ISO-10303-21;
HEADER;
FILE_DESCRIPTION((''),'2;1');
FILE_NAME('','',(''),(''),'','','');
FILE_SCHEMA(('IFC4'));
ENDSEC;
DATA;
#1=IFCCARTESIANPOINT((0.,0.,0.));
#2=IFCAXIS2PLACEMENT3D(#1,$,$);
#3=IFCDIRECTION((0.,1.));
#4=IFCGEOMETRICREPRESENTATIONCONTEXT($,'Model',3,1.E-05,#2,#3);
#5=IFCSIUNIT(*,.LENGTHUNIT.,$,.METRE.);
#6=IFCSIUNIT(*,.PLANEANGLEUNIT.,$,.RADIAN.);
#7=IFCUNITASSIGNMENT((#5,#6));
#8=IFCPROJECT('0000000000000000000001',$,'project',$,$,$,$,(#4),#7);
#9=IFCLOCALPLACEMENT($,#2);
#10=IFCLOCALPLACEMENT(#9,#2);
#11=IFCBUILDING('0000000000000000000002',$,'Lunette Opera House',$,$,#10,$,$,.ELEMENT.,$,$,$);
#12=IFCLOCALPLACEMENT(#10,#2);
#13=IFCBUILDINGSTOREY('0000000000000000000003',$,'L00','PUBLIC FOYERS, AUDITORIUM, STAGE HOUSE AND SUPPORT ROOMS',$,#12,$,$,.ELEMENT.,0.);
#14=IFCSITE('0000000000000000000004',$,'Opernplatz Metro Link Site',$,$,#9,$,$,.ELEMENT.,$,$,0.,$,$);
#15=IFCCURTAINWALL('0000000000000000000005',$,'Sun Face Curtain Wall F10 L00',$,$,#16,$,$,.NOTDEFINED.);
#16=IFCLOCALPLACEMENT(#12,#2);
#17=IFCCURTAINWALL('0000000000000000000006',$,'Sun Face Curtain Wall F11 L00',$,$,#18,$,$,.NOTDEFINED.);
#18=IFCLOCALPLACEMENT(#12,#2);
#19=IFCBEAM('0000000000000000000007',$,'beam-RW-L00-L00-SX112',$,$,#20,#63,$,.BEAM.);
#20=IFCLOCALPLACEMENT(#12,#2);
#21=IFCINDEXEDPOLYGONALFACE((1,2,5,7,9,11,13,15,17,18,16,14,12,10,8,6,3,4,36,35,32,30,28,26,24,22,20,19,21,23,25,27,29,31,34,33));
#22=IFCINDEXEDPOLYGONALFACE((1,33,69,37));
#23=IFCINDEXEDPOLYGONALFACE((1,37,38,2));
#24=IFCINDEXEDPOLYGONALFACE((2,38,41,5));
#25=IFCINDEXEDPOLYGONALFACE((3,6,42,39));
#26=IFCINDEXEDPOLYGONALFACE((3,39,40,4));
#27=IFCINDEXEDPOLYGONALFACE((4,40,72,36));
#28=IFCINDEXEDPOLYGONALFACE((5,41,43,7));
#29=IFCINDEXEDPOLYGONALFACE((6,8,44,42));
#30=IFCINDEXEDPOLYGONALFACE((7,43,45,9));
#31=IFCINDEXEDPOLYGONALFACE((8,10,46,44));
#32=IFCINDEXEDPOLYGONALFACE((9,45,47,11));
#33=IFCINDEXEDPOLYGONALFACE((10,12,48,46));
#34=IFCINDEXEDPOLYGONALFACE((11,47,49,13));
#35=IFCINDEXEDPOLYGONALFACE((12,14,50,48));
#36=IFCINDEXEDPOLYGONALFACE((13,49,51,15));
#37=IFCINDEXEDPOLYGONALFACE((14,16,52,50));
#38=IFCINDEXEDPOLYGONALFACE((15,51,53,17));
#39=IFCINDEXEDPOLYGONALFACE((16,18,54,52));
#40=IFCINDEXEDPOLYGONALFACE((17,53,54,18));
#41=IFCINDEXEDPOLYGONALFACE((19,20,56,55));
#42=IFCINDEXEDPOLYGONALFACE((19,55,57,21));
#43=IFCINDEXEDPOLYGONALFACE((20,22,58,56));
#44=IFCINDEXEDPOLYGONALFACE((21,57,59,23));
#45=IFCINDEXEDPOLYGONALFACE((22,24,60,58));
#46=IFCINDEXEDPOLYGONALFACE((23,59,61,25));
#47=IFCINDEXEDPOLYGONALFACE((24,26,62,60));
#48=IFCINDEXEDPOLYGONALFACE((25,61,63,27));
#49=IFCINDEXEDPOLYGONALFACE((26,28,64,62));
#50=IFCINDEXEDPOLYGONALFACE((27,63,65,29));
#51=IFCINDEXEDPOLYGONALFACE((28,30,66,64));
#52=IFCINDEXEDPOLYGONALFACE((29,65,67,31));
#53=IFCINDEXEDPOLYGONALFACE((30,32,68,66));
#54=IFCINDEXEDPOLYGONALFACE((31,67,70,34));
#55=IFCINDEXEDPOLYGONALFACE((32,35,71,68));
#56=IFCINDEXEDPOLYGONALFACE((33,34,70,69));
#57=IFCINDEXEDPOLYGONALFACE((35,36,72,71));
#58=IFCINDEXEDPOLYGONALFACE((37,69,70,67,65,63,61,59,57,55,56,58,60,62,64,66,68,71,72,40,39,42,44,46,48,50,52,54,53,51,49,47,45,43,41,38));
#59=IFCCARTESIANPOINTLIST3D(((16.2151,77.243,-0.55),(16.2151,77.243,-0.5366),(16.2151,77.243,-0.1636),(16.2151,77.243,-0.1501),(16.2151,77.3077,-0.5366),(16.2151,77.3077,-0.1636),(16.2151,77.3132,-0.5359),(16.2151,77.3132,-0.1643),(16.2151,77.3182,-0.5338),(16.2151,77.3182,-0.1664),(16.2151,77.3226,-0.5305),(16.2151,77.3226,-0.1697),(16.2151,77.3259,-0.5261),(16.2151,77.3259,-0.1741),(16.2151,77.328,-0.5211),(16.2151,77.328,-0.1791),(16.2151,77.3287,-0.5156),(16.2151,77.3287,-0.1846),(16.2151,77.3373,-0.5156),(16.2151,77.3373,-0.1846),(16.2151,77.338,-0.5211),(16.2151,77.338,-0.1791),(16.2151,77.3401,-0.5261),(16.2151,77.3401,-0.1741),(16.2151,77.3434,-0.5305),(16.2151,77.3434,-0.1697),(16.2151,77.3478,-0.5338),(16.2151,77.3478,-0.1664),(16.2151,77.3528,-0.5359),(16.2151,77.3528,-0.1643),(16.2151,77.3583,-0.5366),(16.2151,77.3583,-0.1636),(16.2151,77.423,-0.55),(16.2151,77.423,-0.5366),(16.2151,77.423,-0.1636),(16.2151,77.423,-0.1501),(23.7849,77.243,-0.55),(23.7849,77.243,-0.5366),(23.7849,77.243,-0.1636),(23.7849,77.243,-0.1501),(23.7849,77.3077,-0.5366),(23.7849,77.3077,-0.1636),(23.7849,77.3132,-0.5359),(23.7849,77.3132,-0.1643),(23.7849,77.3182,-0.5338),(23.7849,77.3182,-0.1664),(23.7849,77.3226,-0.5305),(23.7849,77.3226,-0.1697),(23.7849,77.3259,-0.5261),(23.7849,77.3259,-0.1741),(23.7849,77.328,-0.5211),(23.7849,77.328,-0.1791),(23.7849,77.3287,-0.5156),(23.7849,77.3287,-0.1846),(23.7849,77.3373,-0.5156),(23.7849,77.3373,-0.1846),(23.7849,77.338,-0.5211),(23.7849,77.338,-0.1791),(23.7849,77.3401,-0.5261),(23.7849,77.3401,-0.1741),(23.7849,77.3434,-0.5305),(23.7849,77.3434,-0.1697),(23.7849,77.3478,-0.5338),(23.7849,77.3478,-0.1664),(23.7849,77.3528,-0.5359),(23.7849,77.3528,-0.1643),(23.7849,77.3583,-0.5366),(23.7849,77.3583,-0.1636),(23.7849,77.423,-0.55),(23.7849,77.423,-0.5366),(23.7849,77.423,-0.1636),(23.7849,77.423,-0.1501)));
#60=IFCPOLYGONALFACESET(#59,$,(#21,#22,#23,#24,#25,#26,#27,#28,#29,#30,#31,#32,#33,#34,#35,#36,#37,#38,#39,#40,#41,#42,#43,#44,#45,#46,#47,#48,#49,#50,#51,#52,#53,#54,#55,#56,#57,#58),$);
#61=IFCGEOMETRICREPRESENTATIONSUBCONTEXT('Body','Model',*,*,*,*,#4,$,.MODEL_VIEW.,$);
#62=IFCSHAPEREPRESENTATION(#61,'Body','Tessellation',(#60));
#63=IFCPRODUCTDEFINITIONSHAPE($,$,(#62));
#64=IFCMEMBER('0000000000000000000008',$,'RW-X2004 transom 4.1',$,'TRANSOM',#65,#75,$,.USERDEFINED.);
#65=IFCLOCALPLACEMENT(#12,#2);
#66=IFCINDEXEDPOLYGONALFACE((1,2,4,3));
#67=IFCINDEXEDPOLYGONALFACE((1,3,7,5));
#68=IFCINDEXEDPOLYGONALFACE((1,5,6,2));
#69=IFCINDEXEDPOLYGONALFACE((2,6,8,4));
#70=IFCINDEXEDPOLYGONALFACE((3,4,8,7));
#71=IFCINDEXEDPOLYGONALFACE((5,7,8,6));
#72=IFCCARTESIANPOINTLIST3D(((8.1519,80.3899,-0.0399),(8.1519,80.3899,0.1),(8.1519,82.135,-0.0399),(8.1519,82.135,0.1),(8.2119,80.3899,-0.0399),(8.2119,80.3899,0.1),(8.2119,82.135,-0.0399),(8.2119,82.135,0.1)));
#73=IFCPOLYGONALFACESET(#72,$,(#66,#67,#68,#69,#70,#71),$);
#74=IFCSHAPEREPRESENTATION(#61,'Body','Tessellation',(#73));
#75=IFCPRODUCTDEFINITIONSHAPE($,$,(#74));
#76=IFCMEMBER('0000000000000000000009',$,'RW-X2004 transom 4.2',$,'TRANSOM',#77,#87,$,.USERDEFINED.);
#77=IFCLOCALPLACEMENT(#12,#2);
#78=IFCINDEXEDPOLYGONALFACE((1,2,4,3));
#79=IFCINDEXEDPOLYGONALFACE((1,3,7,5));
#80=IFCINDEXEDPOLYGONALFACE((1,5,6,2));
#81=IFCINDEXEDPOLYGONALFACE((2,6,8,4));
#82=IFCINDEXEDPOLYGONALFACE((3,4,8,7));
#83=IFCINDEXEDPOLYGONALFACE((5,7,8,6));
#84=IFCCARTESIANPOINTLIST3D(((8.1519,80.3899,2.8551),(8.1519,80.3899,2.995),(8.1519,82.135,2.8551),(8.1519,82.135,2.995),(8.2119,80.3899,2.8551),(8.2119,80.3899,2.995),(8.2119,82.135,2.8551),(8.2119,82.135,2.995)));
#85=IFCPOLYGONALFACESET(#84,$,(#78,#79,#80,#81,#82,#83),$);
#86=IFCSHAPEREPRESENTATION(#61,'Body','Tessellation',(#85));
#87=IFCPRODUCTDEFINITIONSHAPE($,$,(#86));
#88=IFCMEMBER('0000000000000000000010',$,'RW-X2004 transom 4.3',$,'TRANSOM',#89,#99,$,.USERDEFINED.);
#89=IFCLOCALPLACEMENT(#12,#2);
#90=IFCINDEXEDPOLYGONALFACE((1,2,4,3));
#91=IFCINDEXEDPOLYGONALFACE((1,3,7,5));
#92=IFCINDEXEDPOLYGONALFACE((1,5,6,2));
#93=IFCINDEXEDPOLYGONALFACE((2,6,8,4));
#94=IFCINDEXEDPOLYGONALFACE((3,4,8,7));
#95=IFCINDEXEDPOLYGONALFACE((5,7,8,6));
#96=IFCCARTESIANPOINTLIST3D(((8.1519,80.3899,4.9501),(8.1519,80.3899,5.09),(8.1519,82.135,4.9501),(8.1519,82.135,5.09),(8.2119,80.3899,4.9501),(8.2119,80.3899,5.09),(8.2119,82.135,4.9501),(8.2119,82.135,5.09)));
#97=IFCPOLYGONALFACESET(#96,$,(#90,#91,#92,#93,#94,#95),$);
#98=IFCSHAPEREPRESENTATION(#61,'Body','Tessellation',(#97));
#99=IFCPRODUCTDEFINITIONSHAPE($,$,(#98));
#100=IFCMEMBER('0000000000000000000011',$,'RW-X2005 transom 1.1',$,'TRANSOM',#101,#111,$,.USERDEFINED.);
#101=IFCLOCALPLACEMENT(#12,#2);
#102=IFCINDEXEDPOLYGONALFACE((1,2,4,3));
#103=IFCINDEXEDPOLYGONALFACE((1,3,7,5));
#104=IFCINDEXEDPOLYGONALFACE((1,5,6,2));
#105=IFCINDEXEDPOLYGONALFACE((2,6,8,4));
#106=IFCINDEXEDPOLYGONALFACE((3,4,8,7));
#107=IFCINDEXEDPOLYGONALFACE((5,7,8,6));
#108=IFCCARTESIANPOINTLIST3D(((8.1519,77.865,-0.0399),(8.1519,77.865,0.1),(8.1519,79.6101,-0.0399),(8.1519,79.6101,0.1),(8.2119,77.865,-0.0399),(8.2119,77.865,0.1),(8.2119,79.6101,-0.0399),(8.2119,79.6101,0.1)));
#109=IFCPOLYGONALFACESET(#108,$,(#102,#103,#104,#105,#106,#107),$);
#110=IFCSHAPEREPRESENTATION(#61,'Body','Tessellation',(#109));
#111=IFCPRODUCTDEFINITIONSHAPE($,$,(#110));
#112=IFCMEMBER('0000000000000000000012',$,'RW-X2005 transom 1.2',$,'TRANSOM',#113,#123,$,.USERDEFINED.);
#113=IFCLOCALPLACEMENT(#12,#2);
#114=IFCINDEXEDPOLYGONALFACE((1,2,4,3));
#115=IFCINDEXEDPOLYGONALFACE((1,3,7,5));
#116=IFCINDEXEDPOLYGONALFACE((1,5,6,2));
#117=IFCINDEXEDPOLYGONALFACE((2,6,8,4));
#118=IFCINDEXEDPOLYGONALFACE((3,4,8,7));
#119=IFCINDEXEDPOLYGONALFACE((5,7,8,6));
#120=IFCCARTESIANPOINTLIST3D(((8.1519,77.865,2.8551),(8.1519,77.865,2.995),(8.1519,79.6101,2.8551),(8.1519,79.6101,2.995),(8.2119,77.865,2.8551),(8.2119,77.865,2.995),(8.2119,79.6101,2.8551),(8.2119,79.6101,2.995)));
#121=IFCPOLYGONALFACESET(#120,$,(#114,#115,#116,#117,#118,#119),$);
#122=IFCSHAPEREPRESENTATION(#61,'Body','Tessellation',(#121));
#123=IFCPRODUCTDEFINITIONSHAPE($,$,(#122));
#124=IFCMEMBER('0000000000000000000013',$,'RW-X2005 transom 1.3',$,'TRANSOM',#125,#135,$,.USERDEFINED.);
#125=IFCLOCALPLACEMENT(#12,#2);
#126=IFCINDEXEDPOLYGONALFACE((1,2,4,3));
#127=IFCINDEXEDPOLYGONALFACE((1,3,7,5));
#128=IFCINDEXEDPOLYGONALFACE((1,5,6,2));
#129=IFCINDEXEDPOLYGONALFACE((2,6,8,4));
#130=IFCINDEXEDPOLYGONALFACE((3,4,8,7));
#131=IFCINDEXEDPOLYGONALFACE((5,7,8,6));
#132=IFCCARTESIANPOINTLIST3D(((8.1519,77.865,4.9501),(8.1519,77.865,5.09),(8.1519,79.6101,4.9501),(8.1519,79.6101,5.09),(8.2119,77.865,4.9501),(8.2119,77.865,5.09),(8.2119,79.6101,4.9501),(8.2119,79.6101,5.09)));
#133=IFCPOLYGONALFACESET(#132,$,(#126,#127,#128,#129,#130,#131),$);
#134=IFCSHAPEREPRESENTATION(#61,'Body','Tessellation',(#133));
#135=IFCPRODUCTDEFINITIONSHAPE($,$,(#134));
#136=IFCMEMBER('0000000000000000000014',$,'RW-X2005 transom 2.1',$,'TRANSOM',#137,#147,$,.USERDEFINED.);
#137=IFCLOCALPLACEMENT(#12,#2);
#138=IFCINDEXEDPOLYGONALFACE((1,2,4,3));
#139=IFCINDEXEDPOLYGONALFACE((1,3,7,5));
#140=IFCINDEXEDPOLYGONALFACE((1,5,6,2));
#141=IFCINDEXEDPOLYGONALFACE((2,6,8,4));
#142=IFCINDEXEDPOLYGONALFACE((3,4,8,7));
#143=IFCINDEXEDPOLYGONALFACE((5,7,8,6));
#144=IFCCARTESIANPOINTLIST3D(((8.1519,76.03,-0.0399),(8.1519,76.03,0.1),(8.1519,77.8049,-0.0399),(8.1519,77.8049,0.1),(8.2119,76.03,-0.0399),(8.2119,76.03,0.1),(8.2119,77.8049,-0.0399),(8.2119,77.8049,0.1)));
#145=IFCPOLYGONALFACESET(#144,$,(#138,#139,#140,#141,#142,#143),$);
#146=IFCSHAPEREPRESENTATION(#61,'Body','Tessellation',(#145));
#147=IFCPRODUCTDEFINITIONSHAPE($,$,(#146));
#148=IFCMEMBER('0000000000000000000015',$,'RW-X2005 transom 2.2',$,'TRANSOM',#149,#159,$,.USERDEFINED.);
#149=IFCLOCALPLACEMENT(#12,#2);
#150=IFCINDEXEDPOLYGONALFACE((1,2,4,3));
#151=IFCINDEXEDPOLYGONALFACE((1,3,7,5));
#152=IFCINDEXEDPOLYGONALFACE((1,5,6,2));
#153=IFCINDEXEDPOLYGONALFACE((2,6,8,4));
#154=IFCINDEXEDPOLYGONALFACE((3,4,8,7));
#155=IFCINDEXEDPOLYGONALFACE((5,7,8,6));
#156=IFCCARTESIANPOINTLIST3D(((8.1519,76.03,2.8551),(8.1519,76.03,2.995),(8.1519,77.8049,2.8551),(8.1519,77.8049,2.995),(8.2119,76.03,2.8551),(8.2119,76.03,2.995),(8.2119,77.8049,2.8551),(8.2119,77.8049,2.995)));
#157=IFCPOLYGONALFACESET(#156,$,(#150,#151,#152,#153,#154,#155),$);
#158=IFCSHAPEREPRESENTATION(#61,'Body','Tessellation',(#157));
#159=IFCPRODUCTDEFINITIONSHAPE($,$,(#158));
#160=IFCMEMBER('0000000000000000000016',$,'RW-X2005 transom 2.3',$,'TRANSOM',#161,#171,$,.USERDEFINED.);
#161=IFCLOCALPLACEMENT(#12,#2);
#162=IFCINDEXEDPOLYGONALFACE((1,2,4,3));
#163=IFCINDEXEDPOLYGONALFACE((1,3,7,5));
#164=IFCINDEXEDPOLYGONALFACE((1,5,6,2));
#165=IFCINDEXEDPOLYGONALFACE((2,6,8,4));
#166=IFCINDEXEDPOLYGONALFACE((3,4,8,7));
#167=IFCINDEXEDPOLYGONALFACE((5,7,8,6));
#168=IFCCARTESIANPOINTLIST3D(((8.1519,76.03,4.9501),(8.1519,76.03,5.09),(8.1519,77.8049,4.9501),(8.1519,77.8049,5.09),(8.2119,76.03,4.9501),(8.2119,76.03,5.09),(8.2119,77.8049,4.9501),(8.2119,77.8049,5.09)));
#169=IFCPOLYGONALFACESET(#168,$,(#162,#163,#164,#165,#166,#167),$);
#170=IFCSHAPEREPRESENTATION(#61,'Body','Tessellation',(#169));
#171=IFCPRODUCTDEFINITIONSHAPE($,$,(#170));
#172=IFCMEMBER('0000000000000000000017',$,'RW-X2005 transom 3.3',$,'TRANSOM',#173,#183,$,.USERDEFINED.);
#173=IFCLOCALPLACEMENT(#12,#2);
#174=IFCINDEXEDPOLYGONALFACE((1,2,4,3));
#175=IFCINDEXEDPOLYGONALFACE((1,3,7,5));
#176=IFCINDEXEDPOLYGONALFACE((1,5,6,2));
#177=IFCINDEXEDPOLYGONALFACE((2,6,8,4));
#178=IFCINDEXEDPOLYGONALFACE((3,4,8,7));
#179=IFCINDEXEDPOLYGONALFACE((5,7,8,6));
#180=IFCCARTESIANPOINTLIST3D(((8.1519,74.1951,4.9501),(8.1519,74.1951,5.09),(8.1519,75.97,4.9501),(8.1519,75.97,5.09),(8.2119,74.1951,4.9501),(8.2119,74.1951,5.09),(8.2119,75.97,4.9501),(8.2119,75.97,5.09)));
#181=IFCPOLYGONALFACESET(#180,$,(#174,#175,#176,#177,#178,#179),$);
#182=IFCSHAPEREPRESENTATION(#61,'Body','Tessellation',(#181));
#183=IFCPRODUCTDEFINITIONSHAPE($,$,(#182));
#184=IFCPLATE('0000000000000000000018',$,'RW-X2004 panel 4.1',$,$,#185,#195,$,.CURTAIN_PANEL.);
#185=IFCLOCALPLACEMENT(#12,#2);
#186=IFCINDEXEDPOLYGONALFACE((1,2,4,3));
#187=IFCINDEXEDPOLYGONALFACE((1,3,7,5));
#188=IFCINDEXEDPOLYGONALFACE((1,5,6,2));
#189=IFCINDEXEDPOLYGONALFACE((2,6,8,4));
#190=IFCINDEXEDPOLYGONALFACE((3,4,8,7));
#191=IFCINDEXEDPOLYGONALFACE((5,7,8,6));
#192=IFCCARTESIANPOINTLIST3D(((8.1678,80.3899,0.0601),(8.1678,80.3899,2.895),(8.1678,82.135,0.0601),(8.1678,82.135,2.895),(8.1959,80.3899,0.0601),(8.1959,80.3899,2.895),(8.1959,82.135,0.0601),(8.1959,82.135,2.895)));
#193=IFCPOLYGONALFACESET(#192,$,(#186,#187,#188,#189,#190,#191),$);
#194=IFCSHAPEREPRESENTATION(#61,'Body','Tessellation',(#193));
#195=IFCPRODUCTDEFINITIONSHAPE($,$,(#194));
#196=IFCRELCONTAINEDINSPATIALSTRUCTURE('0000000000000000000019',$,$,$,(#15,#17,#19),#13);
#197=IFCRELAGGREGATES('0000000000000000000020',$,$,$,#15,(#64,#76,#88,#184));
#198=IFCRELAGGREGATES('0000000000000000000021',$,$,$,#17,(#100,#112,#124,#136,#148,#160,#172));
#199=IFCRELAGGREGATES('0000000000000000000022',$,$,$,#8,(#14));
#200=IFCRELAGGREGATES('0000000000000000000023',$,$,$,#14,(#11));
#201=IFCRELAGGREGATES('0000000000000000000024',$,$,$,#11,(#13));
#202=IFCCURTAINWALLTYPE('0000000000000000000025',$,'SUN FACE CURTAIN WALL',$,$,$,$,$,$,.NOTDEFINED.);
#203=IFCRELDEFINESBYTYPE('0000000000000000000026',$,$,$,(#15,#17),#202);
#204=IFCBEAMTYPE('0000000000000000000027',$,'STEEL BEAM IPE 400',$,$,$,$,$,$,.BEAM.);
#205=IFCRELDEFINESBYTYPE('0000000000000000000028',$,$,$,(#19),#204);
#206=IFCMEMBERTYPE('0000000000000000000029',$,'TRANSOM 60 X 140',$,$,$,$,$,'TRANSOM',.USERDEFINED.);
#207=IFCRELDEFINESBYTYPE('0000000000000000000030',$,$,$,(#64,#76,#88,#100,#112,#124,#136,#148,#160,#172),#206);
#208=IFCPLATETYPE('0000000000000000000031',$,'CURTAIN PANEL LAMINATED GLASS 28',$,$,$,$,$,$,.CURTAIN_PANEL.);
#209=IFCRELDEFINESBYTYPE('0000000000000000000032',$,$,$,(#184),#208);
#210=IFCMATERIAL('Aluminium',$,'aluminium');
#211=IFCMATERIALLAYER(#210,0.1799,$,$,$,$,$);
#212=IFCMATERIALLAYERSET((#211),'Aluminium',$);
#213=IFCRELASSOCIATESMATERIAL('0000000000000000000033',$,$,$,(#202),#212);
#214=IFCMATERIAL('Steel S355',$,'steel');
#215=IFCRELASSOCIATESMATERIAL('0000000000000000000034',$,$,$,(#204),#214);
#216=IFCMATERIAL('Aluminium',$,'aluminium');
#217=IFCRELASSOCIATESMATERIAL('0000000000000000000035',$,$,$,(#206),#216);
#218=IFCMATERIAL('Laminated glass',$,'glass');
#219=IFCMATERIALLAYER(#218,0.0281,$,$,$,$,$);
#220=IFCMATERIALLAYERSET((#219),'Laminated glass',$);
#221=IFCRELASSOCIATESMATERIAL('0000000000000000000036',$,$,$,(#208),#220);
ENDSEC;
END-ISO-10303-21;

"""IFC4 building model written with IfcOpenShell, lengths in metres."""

from ifc_helpers import new_model, si_unit, direction, frame, origin, origin_2d, place, context, subcontext, project, spatial, rectangle, i_section, extrude, material, layer, layer_set, material_profile, profile_set, type_object, element, aggregate, save


model = new_model("IFC4")

# Units and contexts
model_context = context("Model", 3, precision=1e-05, world=origin(), true_north=direction((0.0, 1.0)))
body_context = subcontext(model_context, "Body", "Model", "MODEL_VIEW")
ifc_project = project(units=[si_unit("LENGTHUNIT", "METRE"), si_unit("PLANEANGLEUNIT", "RADIAN")], contexts=[model_context])

# Site, building, storey
site_placement = place(None, origin())
site = spatial("IfcSite", under=ifc_project, at=site_placement, Name="Opernplatz Metro Link Site", CompositionType="ELEMENT", RefElevation=0.0)
building_placement = place(site_placement, origin())
building = spatial("IfcBuilding", under=site, at=building_placement, Name="Lunette Opera House", CompositionType="ELEMENT")
storey_placement = place(building_placement, origin())
storey = spatial("IfcBuildingStorey", under=building, at=storey_placement, Name="L00", Description="PUBLIC FOYERS, AUDITORIUM, STAGE HOUSE AND SUPPORT ROOMS", CompositionType="ELEMENT", Elevation=0.0)

# Curtain wall
ifc_material_1 = material(Name="Aluminium", Category="aluminium")
ifc_layer_1 = layer(ifc_material_1, 0.1799)
ifc_layer_set_1 = layer_set([ifc_layer_1], Name="Aluminium")
curtain_wall_type = type_object("IfcCurtainWallType", Name="SUN FACE CURTAIN WALL", PredefinedType="NOTDEFINED", material=ifc_layer_set_1)
curtain_wall_1_placement = place(storey_placement, origin())
curtain_wall_1 = element("IfcCurtainWall", 1, at=curtain_wall_1_placement, inside=storey, type_object=curtain_wall_type, Name="Sun Face Curtain Wall F10 L00", PredefinedType="NOTDEFINED")

# Curtain wall
curtain_wall_2_placement = place(storey_placement, origin())
curtain_wall_2 = element("IfcCurtainWall", 2, at=curtain_wall_2_placement, inside=storey, type_object=curtain_wall_type, Name="Sun Face Curtain Wall F11 L00", PredefinedType="NOTDEFINED")

# Beam
ifc_material_2 = material(Name="Steel S355", Category="steel")
ifc_material_profile_1 = material_profile(ifc_material_2, i_section(OverallWidth=0.1799, OverallDepth=0.3999, WebThickness=0.0085, FlangeThickness=0.0134, FilletRadius=0.021, at=origin_2d()), Name="IPE 400")
ifc_profile_set_1 = profile_set([ifc_material_profile_1], Name="Steel S355")
beam_type_1 = type_object("IfcBeamType", Name="STEEL BEAM IPE 400", PredefinedType="BEAM", material=ifc_profile_set_1)
beam_1_placement = place(storey_placement, frame((16.2151, 77.333, -0.3501), z_axis=(1.0, 0.0, 0.0), x_axis=(0.0, 1.0, 0.0)))
element("IfcBeam", 3, at=beam_1_placement, inside=storey, type_object=beam_type_1, Name="beam-RW-L00-L00-SX112", PredefinedType="BEAM", context=body_context, shape_type="SweptSolid", body=[
    extrude(i_section(OverallWidth=0.1799, OverallDepth=0.3999, WebThickness=0.0085, FlangeThickness=0.0134, FilletRadius=0.021, at=origin_2d()), origin(), (0.0, 0.0, 1.0), 7.5698),
])

# Members
ifc_material_3 = material(Name="Aluminium", Category="aluminium")
ifc_material_profile_2 = material_profile(ifc_material_3, rectangle(XDim=0.0601, YDim=0.1399, at=origin_2d()), Name="TRANSOM 60 X 140")
ifc_profile_set_2 = profile_set([ifc_material_profile_2], Name="Aluminium")
member_type_1 = type_object("IfcMemberType", Name="TRANSOM 60 X 140", ElementType="TRANSOM", PredefinedType="USERDEFINED", material=ifc_profile_set_2)
member_1_placement = place(storey_placement, frame((8.1819, 82.135, 0.03), z_axis=(0.0, -1.0, 0.0), x_axis=(1.0, 0.0, 0.0)))
member_1 = element("IfcMember", 4, at=member_1_placement, type_object=member_type_1, Name="RW-X2004 transom 4.1", ObjectType="TRANSOM", PredefinedType="USERDEFINED", context=body_context, shape_type="SweptSolid", body=[
    extrude(rectangle(XDim=0.0601, YDim=0.1399, at=origin_2d()), origin(), (0.0, 0.0, 1.0), 1.7451),
])
member_2_placement = place(storey_placement, frame((8.1819, 82.135, 2.925), z_axis=(0.0, -1.0, 0.0), x_axis=(1.0, 0.0, 0.0)))
member_2 = element("IfcMember", 5, at=member_2_placement, type_object=member_type_1, Name="RW-X2004 transom 4.2", ObjectType="TRANSOM", PredefinedType="USERDEFINED", context=body_context, shape_type="SweptSolid", body=[
    extrude(rectangle(XDim=0.0601, YDim=0.1399, at=origin_2d()), origin(), (0.0, 0.0, 1.0), 1.7451),
])
member_3_placement = place(storey_placement, frame((8.1819, 82.135, 5.02), z_axis=(0.0, -1.0, 0.0), x_axis=(1.0, 0.0, 0.0)))
member_3 = element("IfcMember", 6, at=member_3_placement, type_object=member_type_1, Name="RW-X2004 transom 4.3", ObjectType="TRANSOM", PredefinedType="USERDEFINED", context=body_context, shape_type="SweptSolid", body=[
    extrude(rectangle(XDim=0.0601, YDim=0.1399, at=origin_2d()), origin(), (0.0, 0.0, 1.0), 1.7451),
])
member_4_placement = place(storey_placement, frame((8.1819, 79.6101, 0.03), z_axis=(0.0, -1.0, 0.0), x_axis=(1.0, 0.0, 0.0)))
member_4 = element("IfcMember", 7, at=member_4_placement, type_object=member_type_1, Name="RW-X2005 transom 1.1", ObjectType="TRANSOM", PredefinedType="USERDEFINED", context=body_context, shape_type="SweptSolid", body=[
    extrude(rectangle(XDim=0.0601, YDim=0.1399, at=origin_2d()), origin(), (0.0, 0.0, 1.0), 1.7451),
])
member_5_placement = place(storey_placement, frame((8.1819, 79.6101, 2.925), z_axis=(0.0, -1.0, 0.0), x_axis=(1.0, 0.0, 0.0)))
member_5 = element("IfcMember", 8, at=member_5_placement, type_object=member_type_1, Name="RW-X2005 transom 1.2", ObjectType="TRANSOM", PredefinedType="USERDEFINED", context=body_context, shape_type="SweptSolid", body=[
    extrude(rectangle(XDim=0.0601, YDim=0.1399, at=origin_2d()), origin(), (0.0, 0.0, 1.0), 1.7451),
])
member_6_placement = place(storey_placement, frame((8.1819, 79.6101, 5.02), z_axis=(0.0, -1.0, 0.0), x_axis=(1.0, 0.0, 0.0)))
member_6 = element("IfcMember", 9, at=member_6_placement, type_object=member_type_1, Name="RW-X2005 transom 1.3", ObjectType="TRANSOM", PredefinedType="USERDEFINED", context=body_context, shape_type="SweptSolid", body=[
    extrude(rectangle(XDim=0.0601, YDim=0.1399, at=origin_2d()), origin(), (0.0, 0.0, 1.0), 1.7451),
])
member_7_placement = place(storey_placement, frame((8.1819, 77.8049, 0.03), z_axis=(0.0, -1.0, 0.0), x_axis=(1.0, 0.0, 0.0)))
member_7 = element("IfcMember", 10, at=member_7_placement, type_object=member_type_1, Name="RW-X2005 transom 2.1", ObjectType="TRANSOM", PredefinedType="USERDEFINED", context=body_context, shape_type="SweptSolid", body=[
    extrude(rectangle(XDim=0.0601, YDim=0.1399, at=origin_2d()), origin(), (0.0, 0.0, 1.0), 1.7749),
])
member_8_placement = place(storey_placement, frame((8.1819, 77.8049, 2.925), z_axis=(0.0, -1.0, 0.0), x_axis=(1.0, 0.0, 0.0)))
member_8 = element("IfcMember", 11, at=member_8_placement, type_object=member_type_1, Name="RW-X2005 transom 2.2", ObjectType="TRANSOM", PredefinedType="USERDEFINED", context=body_context, shape_type="SweptSolid", body=[
    extrude(rectangle(XDim=0.0601, YDim=0.1399, at=origin_2d()), origin(), (0.0, 0.0, 1.0), 1.7749),
])
member_9_placement = place(storey_placement, frame((8.1819, 77.8049, 5.02), z_axis=(0.0, -1.0, 0.0), x_axis=(1.0, 0.0, 0.0)))
member_9 = element("IfcMember", 12, at=member_9_placement, type_object=member_type_1, Name="RW-X2005 transom 2.3", ObjectType="TRANSOM", PredefinedType="USERDEFINED", context=body_context, shape_type="SweptSolid", body=[
    extrude(rectangle(XDim=0.0601, YDim=0.1399, at=origin_2d()), origin(), (0.0, 0.0, 1.0), 1.7749),
])
member_10_placement = place(storey_placement, frame((8.1819, 75.97, 5.02), z_axis=(0.0, -1.0, 0.0), x_axis=(1.0, 0.0, 0.0)))
member_10 = element("IfcMember", 13, at=member_10_placement, type_object=member_type_1, Name="RW-X2005 transom 3.3", ObjectType="TRANSOM", PredefinedType="USERDEFINED", context=body_context, shape_type="SweptSolid", body=[
    extrude(rectangle(XDim=0.0601, YDim=0.1399, at=origin_2d()), origin(), (0.0, 0.0, 1.0), 1.7749),
])

# Plate
ifc_material_4 = material(Name="Laminated glass", Category="glass")
ifc_layer_2 = layer(ifc_material_4, 0.0281)
ifc_layer_set_2 = layer_set([ifc_layer_2], Name="Laminated glass")
plate_type = type_object("IfcPlateType", Name="CURTAIN PANEL LAMINATED GLASS 28", PredefinedType="CURTAIN_PANEL", material=ifc_layer_set_2)
plate_1_placement = place(storey_placement, frame((8.1819, 81.2625, 0.0601), z_axis=(0.0, 0.0, 1.0), x_axis=(0.0, -1.0, 0.0)))
plate_1 = element("IfcPlate", 14, at=plate_1_placement, type_object=plate_type, Name="RW-X2004 panel 4.1", PredefinedType="CURTAIN_PANEL", context=body_context, shape_type="SweptSolid", body=[
    extrude(rectangle(XDim=1.7451, YDim=0.0281, at=origin_2d()), origin(), (0.0, 0.0, 1.0), 2.835),
])
aggregate(curtain_wall_1, [member_1, member_2, member_3, plate_1])
aggregate(curtain_wall_2, [member_4, member_5, member_6, member_7, member_8, member_9, member_10])

save(model, "model.ifc")
